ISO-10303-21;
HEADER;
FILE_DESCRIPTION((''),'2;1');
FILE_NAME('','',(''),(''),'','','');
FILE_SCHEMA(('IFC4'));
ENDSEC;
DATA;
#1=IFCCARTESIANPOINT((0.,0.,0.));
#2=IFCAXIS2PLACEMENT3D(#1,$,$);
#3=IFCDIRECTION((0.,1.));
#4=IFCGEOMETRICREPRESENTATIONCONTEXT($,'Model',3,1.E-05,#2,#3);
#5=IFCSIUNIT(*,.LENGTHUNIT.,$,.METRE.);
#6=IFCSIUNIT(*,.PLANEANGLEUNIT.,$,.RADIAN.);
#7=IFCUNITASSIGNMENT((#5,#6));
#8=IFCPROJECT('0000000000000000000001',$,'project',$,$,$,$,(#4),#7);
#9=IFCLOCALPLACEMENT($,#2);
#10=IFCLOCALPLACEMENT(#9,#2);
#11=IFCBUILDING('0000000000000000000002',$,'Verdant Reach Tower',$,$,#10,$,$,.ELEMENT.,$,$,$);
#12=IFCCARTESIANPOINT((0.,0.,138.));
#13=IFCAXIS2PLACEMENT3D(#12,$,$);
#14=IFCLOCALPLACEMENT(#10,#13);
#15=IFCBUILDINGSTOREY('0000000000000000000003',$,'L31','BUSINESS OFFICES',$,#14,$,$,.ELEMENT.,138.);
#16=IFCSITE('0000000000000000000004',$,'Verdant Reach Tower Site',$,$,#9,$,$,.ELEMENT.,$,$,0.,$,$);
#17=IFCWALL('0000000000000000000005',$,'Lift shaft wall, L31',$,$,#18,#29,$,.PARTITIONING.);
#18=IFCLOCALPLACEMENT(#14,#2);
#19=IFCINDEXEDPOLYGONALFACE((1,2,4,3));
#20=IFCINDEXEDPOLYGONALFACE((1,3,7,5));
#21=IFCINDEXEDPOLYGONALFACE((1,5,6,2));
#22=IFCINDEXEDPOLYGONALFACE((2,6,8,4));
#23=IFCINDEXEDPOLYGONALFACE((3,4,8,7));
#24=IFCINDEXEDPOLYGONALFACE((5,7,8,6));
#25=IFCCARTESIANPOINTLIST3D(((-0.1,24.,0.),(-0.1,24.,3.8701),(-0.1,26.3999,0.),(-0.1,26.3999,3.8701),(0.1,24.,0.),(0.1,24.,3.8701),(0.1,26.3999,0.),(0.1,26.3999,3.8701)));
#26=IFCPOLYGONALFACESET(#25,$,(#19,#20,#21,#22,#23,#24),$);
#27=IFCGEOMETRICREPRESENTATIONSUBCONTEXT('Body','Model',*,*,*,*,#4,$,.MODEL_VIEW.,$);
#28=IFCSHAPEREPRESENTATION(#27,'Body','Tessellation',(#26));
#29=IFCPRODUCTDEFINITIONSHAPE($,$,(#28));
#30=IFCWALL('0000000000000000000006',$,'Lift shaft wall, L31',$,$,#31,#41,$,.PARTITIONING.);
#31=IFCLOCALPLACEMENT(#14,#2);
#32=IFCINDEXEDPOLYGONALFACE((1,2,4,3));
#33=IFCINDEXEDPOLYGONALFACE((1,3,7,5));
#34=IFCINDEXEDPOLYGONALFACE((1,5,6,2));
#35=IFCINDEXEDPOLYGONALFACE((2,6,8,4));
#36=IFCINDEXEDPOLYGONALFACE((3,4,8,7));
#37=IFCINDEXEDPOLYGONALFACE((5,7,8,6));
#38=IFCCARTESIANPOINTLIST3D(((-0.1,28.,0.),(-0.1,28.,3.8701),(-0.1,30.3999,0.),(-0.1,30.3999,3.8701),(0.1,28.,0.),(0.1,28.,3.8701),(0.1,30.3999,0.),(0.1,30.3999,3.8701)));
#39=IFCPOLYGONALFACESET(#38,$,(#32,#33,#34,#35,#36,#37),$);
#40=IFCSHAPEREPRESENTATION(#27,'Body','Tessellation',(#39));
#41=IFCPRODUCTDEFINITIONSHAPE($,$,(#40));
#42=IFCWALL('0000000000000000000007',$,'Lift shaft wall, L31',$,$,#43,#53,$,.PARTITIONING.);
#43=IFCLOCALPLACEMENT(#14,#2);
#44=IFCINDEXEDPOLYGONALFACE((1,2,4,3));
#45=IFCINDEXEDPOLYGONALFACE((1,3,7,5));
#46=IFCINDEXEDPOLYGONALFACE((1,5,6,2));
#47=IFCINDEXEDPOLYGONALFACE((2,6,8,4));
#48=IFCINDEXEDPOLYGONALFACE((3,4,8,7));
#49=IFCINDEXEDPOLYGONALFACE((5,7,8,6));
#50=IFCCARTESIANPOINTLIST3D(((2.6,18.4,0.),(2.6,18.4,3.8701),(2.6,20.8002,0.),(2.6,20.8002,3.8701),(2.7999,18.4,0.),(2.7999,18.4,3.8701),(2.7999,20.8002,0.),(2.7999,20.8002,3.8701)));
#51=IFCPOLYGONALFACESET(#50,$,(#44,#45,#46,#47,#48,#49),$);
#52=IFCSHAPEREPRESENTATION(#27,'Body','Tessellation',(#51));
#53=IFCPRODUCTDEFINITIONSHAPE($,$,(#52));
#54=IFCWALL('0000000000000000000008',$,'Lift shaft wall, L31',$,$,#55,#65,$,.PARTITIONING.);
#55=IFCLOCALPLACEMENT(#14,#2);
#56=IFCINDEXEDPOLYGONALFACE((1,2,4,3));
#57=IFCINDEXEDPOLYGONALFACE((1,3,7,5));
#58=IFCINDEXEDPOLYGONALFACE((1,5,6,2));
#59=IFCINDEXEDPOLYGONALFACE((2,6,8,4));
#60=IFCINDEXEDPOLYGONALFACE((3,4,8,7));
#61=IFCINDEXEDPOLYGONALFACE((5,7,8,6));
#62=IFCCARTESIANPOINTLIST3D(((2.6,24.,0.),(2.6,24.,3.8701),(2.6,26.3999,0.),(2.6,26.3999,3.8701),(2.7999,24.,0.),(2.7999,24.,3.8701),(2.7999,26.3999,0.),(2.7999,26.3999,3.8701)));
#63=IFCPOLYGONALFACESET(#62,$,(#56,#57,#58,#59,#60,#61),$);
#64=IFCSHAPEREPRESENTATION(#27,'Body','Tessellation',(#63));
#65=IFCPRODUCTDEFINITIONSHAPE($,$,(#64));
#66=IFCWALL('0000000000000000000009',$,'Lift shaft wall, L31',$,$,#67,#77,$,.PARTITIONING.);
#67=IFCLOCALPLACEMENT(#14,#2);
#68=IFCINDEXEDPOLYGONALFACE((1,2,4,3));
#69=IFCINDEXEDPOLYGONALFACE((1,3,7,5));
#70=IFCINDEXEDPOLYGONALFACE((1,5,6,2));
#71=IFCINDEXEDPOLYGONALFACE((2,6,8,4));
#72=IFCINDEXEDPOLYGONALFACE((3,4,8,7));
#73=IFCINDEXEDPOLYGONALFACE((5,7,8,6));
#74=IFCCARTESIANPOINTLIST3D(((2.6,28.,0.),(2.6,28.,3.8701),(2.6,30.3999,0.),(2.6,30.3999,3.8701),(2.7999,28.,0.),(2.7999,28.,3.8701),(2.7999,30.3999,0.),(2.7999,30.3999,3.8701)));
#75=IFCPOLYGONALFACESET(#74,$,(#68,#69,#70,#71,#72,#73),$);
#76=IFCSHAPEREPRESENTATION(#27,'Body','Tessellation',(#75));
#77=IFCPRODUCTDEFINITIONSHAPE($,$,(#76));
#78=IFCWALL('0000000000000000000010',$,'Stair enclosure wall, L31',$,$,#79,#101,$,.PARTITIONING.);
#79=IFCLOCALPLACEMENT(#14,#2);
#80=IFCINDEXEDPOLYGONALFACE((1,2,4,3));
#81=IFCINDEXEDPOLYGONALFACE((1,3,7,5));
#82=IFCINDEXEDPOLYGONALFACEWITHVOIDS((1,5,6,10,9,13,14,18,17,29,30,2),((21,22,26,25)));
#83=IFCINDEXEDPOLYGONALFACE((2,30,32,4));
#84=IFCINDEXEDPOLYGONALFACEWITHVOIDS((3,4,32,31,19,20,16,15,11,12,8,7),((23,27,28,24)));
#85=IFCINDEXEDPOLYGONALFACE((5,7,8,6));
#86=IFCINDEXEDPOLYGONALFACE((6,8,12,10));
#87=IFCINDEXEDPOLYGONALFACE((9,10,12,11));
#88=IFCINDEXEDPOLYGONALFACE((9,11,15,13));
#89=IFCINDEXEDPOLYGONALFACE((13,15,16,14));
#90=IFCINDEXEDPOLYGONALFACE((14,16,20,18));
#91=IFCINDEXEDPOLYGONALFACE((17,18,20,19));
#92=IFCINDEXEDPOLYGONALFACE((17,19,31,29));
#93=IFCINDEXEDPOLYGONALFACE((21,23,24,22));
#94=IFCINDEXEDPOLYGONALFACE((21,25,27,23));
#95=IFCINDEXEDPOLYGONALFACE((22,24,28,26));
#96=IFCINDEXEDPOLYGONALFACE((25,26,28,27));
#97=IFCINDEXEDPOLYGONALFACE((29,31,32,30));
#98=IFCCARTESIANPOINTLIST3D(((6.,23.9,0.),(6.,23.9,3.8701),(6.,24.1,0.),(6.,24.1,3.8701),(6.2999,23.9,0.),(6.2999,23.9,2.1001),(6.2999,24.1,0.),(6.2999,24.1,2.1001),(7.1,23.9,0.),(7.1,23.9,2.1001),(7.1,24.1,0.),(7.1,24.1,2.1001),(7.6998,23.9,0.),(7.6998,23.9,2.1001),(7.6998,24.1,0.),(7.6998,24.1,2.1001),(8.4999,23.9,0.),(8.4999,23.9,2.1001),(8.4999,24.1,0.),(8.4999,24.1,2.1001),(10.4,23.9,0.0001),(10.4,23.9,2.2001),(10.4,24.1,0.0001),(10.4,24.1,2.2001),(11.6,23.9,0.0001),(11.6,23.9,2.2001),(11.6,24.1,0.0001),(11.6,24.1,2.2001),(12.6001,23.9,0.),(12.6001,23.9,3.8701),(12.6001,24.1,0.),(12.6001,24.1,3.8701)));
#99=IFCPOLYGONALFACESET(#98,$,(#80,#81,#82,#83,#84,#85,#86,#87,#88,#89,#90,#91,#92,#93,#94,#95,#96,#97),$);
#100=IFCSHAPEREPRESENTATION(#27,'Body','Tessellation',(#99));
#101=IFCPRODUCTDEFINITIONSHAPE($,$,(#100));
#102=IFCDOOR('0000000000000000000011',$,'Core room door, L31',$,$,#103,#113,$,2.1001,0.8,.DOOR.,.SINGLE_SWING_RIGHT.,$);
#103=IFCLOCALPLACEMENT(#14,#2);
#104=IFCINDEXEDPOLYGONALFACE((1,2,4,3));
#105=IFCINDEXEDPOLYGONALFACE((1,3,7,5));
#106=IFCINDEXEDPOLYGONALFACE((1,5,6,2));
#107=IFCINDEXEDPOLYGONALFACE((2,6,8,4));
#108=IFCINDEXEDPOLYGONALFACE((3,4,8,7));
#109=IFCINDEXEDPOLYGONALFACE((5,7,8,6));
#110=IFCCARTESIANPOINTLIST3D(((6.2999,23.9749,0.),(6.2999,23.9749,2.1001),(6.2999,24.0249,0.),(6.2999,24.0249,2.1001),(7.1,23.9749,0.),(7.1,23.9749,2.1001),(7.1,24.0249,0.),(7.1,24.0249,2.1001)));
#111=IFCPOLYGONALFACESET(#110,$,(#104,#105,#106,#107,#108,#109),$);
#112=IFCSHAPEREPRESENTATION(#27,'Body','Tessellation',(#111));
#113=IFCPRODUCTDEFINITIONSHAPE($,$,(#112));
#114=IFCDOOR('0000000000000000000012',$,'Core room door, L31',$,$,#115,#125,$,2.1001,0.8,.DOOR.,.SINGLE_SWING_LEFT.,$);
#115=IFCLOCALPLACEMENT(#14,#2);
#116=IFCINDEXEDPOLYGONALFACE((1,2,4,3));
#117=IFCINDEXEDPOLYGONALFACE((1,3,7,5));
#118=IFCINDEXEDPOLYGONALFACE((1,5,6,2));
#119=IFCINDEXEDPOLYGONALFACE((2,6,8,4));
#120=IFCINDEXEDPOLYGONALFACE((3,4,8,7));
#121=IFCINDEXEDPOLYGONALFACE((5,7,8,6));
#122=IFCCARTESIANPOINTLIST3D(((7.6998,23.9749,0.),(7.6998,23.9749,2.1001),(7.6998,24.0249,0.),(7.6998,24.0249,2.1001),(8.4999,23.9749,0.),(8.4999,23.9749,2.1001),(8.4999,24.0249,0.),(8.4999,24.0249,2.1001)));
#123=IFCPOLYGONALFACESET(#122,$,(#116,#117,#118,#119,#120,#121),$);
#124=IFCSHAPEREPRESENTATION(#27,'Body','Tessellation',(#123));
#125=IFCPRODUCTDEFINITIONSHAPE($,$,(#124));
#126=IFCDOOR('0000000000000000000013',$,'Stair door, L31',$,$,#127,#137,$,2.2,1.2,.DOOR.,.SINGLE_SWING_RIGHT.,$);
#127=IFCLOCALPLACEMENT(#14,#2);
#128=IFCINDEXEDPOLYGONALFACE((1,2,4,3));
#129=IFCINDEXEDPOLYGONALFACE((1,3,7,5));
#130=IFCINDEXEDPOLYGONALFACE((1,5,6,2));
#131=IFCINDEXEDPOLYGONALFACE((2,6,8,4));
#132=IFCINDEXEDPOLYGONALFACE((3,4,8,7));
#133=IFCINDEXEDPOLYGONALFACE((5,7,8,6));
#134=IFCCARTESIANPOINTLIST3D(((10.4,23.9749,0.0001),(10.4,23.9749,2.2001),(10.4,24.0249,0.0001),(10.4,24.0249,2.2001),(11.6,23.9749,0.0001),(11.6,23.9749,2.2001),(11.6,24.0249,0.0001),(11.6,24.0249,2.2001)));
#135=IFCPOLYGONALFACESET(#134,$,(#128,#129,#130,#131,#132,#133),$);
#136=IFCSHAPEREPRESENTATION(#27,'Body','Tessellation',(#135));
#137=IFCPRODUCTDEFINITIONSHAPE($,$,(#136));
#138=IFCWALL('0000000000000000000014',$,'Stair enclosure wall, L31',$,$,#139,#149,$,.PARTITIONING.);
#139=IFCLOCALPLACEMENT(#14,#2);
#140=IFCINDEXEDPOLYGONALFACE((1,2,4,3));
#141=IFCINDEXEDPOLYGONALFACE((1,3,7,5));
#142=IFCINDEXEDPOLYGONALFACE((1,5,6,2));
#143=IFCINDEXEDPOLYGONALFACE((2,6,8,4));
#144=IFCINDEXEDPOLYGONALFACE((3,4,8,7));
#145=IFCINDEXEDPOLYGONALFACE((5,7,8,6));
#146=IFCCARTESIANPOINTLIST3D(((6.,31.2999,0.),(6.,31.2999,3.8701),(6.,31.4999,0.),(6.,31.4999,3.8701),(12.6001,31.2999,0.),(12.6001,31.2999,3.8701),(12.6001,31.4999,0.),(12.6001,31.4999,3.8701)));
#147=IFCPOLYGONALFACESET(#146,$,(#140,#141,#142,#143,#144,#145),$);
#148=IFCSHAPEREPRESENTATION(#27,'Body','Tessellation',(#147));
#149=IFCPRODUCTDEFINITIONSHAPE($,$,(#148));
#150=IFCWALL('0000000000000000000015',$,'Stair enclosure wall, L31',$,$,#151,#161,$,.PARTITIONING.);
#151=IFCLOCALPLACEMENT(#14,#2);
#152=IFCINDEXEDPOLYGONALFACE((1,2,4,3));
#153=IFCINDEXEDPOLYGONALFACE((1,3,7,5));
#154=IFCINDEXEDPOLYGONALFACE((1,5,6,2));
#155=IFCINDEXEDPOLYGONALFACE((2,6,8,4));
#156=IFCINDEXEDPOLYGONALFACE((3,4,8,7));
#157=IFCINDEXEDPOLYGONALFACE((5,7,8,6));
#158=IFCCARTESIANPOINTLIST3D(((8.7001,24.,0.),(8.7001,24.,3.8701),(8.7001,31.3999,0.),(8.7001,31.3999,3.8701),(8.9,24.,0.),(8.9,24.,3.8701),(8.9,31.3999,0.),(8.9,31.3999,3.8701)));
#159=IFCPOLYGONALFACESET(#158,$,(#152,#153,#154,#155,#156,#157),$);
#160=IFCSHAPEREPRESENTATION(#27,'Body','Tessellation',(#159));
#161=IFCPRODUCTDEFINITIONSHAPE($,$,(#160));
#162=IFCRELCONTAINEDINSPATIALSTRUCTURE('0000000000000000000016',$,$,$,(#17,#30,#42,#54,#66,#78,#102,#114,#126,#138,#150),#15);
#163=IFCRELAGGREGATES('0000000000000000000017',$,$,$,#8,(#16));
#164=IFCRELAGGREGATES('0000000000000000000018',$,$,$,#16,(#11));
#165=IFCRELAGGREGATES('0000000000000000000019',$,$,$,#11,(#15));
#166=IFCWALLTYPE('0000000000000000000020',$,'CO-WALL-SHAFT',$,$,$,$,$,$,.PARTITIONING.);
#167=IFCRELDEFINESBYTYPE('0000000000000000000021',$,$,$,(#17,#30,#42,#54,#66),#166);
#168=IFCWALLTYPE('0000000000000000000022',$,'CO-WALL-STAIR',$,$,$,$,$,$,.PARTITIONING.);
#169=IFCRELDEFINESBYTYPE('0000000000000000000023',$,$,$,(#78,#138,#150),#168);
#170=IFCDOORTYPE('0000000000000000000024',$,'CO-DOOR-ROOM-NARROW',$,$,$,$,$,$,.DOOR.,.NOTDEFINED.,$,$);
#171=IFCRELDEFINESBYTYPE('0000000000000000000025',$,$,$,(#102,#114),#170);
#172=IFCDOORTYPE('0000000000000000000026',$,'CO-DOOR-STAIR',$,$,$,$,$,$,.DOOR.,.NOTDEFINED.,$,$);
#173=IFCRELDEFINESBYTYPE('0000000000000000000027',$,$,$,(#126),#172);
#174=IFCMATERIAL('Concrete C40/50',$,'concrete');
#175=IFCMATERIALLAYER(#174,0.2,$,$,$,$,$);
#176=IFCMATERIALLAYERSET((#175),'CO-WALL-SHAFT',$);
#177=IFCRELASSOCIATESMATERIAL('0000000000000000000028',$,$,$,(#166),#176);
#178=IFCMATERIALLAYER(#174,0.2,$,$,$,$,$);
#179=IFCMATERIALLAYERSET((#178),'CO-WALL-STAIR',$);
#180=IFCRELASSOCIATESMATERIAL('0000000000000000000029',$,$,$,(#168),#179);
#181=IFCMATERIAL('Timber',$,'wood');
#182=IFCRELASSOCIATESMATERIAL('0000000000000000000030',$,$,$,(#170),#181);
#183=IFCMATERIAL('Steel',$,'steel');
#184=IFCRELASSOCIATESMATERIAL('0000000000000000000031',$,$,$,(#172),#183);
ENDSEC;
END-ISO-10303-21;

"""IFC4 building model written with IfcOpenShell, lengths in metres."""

from ifc_helpers import new_model, si_unit, direction, frame, frame_2d, origin, place, context, subcontext, project, spatial, rectangle, extrude, material, layer, layer_set, type_object, element, fill, save


model = new_model("IFC4")

# Units and contexts
model_context = context("Model", 3, precision=1e-05, world=origin(), true_north=direction((0.0, 1.0)))
body_context = subcontext(model_context, "Body", "Model", "MODEL_VIEW")
ifc_project = project(units=[si_unit("LENGTHUNIT", "METRE"), si_unit("PLANEANGLEUNIT", "RADIAN")], contexts=[model_context])

# Site, building, storey
site_placement = place(None, origin())
site = spatial("IfcSite", under=ifc_project, at=site_placement, Name="Verdant Reach Tower Site", CompositionType="ELEMENT", RefElevation=0.0)
building_placement = place(site_placement, origin())
building = spatial("IfcBuilding", under=site, at=building_placement, Name="Verdant Reach Tower", CompositionType="ELEMENT")
storey_placement = place(building_placement, frame((0.0, 0.0, 138.0)))
storey = spatial("IfcBuildingStorey", under=building, at=storey_placement, Name="L31", Description="BUSINESS OFFICES", CompositionType="ELEMENT", Elevation=138.0)

# Shared definitions
ifc_material_1 = material(Name="Timber", Category="wood")

# Walls
ifc_material_2 = material(Name="Concrete C40/50", Category="concrete")
ifc_layer_1 = layer(ifc_material_2, 0.2)
ifc_layer_set_1 = layer_set([ifc_layer_1], Name="CO-WALL-SHAFT")
wall_type_1 = type_object("IfcWallType", Name="CO-WALL-SHAFT", PredefinedType="PARTITIONING", material=ifc_layer_set_1)
for number, where, z_axis, x_axis, name in (
    (1, (0.0, 24.0, 0.0), (0.0, 0.0, 1.0), (0.0, 1.0, 0.0), "Lift shaft wall, L31"),
    (2, (0.0, 28.0, 0.0), (0.0, 0.0, 1.0), (0.0, 1.0, 0.0), "Lift shaft wall, L31"),
):
    element("IfcWall", number, at=place(storey_placement, frame(where, z_axis=z_axis, x_axis=x_axis)), inside=storey, type_object=wall_type_1, Name=name, PredefinedType="PARTITIONING", context=body_context, shape_type="SweptSolid", body=[
        extrude(rectangle(XDim=2.3999, YDim=0.2, at=frame_2d((1.2, 0.0))), origin(), (0.0, 0.0, 1.0), 3.8701),
    ])
wall_1_placement = place(storey_placement, frame((2.7, 18.3999, 0.0), z_axis=(0.0, 0.0, 1.0), x_axis=(0.0, 1.0, 0.0)))
element("IfcWall", 3, at=wall_1_placement, inside=storey, type_object=wall_type_1, Name="Lift shaft wall, L31", PredefinedType="PARTITIONING", context=body_context, shape_type="SweptSolid", body=[
    extrude(rectangle(XDim=2.4001, YDim=0.2, at=frame_2d((1.2002, 0.0))), origin(), (0.0, 0.0, 1.0), 3.8701),
])
for number, where, z_axis, x_axis, name in (
    (4, (2.7, 24.0, 0.0), (0.0, 0.0, 1.0), (0.0, 1.0, 0.0), "Lift shaft wall, L31"),
    (5, (2.7, 28.0, 0.0), (0.0, 0.0, 1.0), (0.0, 1.0, 0.0), "Lift shaft wall, L31"),
):
    element("IfcWall", number, at=place(storey_placement, frame(where, z_axis=z_axis, x_axis=x_axis)), inside=storey, type_object=wall_type_1, Name=name, PredefinedType="PARTITIONING", context=body_context, shape_type="SweptSolid", body=[
        extrude(rectangle(XDim=2.3999, YDim=0.2, at=frame_2d((1.2, 0.0))), origin(), (0.0, 0.0, 1.0), 3.8701),
    ])

# Wall, openings, doors
ifc_layer_2 = layer(ifc_material_2, 0.2)
ifc_layer_set_2 = layer_set([ifc_layer_2], Name="CO-WALL-STAIR")
wall_type_2 = type_object("IfcWallType", Name="CO-WALL-STAIR", PredefinedType="PARTITIONING", material=ifc_layer_set_2)
wall_2_placement = place(storey_placement, frame((6.0, 24.0, 0.0), z_axis=(0.0, 0.0, 1.0), x_axis=(1.0, 0.0, 0.0)))
wall_2 = element("IfcWall", 6, at=wall_2_placement, inside=storey, type_object=wall_type_2, Name="Stair enclosure wall, L31", PredefinedType="PARTITIONING", context=body_context, shape_type="SweptSolid", body=[
    extrude(rectangle(XDim=6.6001, YDim=0.2, at=frame_2d((3.3, 0.0))), origin(), (0.0, 0.0, 1.0), 3.8701),
])
opening_1_placement = place(wall_2_placement, frame((0.3, 0.0, 0.0)))
opening_1 = element("IfcOpeningElement", 7, at=opening_1_placement, cuts=wall_2, PredefinedType="OPENING", context=body_context, shape_type="SweptSolid", body=[
    extrude(rectangle(XDim=0.8, YDim=2.1001, at=frame_2d((0.3999, 1.05))), frame((0.0, 0.1099, 0.0), z_axis=(0.0, -1.0, 0.0), x_axis=(1.0, 0.0, 0.0)), (0.0, 0.0, 1.0), 0.22),
])
opening_2_placement = place(wall_2_placement, frame((1.7, 0.0, 0.0)))
opening_2 = element("IfcOpeningElement", 8, at=opening_2_placement, cuts=wall_2, PredefinedType="OPENING", context=body_context, shape_type="SweptSolid", body=[
    extrude(rectangle(XDim=0.8, YDim=2.1001, at=frame_2d((0.3999, 1.05))), frame((0.0, 0.1099, 0.0), z_axis=(0.0, -1.0, 0.0), x_axis=(1.0, 0.0, 0.0)), (0.0, 0.0, 1.0), 0.22),
])
opening_3_placement = place(wall_2_placement, frame((4.3999, 0.0, 0.0)))
opening_3 = element("IfcOpeningElement", 9, at=opening_3_placement, cuts=wall_2, PredefinedType="OPENING", context=body_context, shape_type="SweptSolid", body=[
    extrude(rectangle(XDim=1.2, YDim=2.2, at=frame_2d((0.6001, 1.1001))), frame((0.0, 0.1099, 0.0), z_axis=(0.0, -1.0, 0.0), x_axis=(1.0, 0.0, 0.0)), (0.0, 0.0, 1.0), 0.22),
])
door_type_1 = type_object("IfcDoorType", Name="CO-DOOR-ROOM-NARROW", OperationType="NOTDEFINED", PredefinedType="DOOR", material=ifc_material_1)
door_1_placement = place(opening_1_placement, origin())
door_1 = element("IfcDoor", 10, at=door_1_placement, inside=storey, type_object=door_type_1, Name="Core room door, L31", OperationType="SINGLE_SWING_RIGHT", OverallHeight=2.1001, OverallWidth=0.8, PredefinedType="DOOR", context=body_context, shape_type="SweptSolid", body=[
    extrude(rectangle(XDim=0.8, YDim=2.1001, at=frame_2d((0.3999, 1.05))), frame((0.0, 0.0249, 0.0), z_axis=(0.0, -1.0, 0.0), x_axis=(1.0, 0.0, 0.0)), (0.0, 0.0, 1.0), 0.05),
])
fill(opening_1, door_1)
door_2_placement = place(opening_2_placement, origin())
door_2 = element("IfcDoor", 11, at=door_2_placement, inside=storey, type_object=door_type_1, Name="Core room door, L31", OperationType="SINGLE_SWING_LEFT", OverallHeight=2.1001, OverallWidth=0.8, PredefinedType="DOOR", context=body_context, shape_type="SweptSolid", body=[
    extrude(rectangle(XDim=0.8, YDim=2.1001, at=frame_2d((0.3999, 1.05))), frame((0.0, 0.0249, 0.0), z_axis=(0.0, -1.0, 0.0), x_axis=(1.0, 0.0, 0.0)), (0.0, 0.0, 1.0), 0.05),
])
fill(opening_2, door_2)
ifc_material_3 = material(Name="Steel", Category="steel")
door_type_2 = type_object("IfcDoorType", Name="CO-DOOR-STAIR", OperationType="NOTDEFINED", PredefinedType="DOOR", material=ifc_material_3)
door_3_placement = place(opening_3_placement, origin())
door_3 = element("IfcDoor", 12, at=door_3_placement, inside=storey, type_object=door_type_2, Name="Stair door, L31", OperationType="SINGLE_SWING_RIGHT", OverallHeight=2.2, OverallWidth=1.2, PredefinedType="DOOR", context=body_context, shape_type="SweptSolid", body=[
    extrude(rectangle(XDim=1.2, YDim=2.2, at=frame_2d((0.6001, 1.1001))), frame((0.0, 0.0249, 0.0), z_axis=(0.0, -1.0, 0.0), x_axis=(1.0, 0.0, 0.0)), (0.0, 0.0, 1.0), 0.05),
])
fill(opening_3, door_3)

# Walls
wall_3_placement = place(storey_placement, frame((6.0, 31.3999, 0.0), z_axis=(0.0, 0.0, 1.0), x_axis=(1.0, 0.0, 0.0)))
element("IfcWall", 13, at=wall_3_placement, inside=storey, type_object=wall_type_2, Name="Stair enclosure wall, L31", PredefinedType="PARTITIONING", context=body_context, shape_type="SweptSolid", body=[
    extrude(rectangle(XDim=6.6001, YDim=0.2, at=frame_2d((3.3, 0.0))), origin(), (0.0, 0.0, 1.0), 3.8701),
])
wall_4_placement = place(storey_placement, frame((8.8, 24.0, 0.0), z_axis=(0.0, 0.0, 1.0), x_axis=(0.0, 1.0, 0.0)))
element("IfcWall", 14, at=wall_4_placement, inside=storey, type_object=wall_type_2, Name="Stair enclosure wall, L31", PredefinedType="PARTITIONING", context=body_context, shape_type="SweptSolid", body=[
    extrude(rectangle(XDim=7.3999, YDim=0.2, at=frame_2d((3.7, 0.0))), origin(), (0.0, 0.0, 1.0), 3.8701),
])

save(model, "model.ifc")
